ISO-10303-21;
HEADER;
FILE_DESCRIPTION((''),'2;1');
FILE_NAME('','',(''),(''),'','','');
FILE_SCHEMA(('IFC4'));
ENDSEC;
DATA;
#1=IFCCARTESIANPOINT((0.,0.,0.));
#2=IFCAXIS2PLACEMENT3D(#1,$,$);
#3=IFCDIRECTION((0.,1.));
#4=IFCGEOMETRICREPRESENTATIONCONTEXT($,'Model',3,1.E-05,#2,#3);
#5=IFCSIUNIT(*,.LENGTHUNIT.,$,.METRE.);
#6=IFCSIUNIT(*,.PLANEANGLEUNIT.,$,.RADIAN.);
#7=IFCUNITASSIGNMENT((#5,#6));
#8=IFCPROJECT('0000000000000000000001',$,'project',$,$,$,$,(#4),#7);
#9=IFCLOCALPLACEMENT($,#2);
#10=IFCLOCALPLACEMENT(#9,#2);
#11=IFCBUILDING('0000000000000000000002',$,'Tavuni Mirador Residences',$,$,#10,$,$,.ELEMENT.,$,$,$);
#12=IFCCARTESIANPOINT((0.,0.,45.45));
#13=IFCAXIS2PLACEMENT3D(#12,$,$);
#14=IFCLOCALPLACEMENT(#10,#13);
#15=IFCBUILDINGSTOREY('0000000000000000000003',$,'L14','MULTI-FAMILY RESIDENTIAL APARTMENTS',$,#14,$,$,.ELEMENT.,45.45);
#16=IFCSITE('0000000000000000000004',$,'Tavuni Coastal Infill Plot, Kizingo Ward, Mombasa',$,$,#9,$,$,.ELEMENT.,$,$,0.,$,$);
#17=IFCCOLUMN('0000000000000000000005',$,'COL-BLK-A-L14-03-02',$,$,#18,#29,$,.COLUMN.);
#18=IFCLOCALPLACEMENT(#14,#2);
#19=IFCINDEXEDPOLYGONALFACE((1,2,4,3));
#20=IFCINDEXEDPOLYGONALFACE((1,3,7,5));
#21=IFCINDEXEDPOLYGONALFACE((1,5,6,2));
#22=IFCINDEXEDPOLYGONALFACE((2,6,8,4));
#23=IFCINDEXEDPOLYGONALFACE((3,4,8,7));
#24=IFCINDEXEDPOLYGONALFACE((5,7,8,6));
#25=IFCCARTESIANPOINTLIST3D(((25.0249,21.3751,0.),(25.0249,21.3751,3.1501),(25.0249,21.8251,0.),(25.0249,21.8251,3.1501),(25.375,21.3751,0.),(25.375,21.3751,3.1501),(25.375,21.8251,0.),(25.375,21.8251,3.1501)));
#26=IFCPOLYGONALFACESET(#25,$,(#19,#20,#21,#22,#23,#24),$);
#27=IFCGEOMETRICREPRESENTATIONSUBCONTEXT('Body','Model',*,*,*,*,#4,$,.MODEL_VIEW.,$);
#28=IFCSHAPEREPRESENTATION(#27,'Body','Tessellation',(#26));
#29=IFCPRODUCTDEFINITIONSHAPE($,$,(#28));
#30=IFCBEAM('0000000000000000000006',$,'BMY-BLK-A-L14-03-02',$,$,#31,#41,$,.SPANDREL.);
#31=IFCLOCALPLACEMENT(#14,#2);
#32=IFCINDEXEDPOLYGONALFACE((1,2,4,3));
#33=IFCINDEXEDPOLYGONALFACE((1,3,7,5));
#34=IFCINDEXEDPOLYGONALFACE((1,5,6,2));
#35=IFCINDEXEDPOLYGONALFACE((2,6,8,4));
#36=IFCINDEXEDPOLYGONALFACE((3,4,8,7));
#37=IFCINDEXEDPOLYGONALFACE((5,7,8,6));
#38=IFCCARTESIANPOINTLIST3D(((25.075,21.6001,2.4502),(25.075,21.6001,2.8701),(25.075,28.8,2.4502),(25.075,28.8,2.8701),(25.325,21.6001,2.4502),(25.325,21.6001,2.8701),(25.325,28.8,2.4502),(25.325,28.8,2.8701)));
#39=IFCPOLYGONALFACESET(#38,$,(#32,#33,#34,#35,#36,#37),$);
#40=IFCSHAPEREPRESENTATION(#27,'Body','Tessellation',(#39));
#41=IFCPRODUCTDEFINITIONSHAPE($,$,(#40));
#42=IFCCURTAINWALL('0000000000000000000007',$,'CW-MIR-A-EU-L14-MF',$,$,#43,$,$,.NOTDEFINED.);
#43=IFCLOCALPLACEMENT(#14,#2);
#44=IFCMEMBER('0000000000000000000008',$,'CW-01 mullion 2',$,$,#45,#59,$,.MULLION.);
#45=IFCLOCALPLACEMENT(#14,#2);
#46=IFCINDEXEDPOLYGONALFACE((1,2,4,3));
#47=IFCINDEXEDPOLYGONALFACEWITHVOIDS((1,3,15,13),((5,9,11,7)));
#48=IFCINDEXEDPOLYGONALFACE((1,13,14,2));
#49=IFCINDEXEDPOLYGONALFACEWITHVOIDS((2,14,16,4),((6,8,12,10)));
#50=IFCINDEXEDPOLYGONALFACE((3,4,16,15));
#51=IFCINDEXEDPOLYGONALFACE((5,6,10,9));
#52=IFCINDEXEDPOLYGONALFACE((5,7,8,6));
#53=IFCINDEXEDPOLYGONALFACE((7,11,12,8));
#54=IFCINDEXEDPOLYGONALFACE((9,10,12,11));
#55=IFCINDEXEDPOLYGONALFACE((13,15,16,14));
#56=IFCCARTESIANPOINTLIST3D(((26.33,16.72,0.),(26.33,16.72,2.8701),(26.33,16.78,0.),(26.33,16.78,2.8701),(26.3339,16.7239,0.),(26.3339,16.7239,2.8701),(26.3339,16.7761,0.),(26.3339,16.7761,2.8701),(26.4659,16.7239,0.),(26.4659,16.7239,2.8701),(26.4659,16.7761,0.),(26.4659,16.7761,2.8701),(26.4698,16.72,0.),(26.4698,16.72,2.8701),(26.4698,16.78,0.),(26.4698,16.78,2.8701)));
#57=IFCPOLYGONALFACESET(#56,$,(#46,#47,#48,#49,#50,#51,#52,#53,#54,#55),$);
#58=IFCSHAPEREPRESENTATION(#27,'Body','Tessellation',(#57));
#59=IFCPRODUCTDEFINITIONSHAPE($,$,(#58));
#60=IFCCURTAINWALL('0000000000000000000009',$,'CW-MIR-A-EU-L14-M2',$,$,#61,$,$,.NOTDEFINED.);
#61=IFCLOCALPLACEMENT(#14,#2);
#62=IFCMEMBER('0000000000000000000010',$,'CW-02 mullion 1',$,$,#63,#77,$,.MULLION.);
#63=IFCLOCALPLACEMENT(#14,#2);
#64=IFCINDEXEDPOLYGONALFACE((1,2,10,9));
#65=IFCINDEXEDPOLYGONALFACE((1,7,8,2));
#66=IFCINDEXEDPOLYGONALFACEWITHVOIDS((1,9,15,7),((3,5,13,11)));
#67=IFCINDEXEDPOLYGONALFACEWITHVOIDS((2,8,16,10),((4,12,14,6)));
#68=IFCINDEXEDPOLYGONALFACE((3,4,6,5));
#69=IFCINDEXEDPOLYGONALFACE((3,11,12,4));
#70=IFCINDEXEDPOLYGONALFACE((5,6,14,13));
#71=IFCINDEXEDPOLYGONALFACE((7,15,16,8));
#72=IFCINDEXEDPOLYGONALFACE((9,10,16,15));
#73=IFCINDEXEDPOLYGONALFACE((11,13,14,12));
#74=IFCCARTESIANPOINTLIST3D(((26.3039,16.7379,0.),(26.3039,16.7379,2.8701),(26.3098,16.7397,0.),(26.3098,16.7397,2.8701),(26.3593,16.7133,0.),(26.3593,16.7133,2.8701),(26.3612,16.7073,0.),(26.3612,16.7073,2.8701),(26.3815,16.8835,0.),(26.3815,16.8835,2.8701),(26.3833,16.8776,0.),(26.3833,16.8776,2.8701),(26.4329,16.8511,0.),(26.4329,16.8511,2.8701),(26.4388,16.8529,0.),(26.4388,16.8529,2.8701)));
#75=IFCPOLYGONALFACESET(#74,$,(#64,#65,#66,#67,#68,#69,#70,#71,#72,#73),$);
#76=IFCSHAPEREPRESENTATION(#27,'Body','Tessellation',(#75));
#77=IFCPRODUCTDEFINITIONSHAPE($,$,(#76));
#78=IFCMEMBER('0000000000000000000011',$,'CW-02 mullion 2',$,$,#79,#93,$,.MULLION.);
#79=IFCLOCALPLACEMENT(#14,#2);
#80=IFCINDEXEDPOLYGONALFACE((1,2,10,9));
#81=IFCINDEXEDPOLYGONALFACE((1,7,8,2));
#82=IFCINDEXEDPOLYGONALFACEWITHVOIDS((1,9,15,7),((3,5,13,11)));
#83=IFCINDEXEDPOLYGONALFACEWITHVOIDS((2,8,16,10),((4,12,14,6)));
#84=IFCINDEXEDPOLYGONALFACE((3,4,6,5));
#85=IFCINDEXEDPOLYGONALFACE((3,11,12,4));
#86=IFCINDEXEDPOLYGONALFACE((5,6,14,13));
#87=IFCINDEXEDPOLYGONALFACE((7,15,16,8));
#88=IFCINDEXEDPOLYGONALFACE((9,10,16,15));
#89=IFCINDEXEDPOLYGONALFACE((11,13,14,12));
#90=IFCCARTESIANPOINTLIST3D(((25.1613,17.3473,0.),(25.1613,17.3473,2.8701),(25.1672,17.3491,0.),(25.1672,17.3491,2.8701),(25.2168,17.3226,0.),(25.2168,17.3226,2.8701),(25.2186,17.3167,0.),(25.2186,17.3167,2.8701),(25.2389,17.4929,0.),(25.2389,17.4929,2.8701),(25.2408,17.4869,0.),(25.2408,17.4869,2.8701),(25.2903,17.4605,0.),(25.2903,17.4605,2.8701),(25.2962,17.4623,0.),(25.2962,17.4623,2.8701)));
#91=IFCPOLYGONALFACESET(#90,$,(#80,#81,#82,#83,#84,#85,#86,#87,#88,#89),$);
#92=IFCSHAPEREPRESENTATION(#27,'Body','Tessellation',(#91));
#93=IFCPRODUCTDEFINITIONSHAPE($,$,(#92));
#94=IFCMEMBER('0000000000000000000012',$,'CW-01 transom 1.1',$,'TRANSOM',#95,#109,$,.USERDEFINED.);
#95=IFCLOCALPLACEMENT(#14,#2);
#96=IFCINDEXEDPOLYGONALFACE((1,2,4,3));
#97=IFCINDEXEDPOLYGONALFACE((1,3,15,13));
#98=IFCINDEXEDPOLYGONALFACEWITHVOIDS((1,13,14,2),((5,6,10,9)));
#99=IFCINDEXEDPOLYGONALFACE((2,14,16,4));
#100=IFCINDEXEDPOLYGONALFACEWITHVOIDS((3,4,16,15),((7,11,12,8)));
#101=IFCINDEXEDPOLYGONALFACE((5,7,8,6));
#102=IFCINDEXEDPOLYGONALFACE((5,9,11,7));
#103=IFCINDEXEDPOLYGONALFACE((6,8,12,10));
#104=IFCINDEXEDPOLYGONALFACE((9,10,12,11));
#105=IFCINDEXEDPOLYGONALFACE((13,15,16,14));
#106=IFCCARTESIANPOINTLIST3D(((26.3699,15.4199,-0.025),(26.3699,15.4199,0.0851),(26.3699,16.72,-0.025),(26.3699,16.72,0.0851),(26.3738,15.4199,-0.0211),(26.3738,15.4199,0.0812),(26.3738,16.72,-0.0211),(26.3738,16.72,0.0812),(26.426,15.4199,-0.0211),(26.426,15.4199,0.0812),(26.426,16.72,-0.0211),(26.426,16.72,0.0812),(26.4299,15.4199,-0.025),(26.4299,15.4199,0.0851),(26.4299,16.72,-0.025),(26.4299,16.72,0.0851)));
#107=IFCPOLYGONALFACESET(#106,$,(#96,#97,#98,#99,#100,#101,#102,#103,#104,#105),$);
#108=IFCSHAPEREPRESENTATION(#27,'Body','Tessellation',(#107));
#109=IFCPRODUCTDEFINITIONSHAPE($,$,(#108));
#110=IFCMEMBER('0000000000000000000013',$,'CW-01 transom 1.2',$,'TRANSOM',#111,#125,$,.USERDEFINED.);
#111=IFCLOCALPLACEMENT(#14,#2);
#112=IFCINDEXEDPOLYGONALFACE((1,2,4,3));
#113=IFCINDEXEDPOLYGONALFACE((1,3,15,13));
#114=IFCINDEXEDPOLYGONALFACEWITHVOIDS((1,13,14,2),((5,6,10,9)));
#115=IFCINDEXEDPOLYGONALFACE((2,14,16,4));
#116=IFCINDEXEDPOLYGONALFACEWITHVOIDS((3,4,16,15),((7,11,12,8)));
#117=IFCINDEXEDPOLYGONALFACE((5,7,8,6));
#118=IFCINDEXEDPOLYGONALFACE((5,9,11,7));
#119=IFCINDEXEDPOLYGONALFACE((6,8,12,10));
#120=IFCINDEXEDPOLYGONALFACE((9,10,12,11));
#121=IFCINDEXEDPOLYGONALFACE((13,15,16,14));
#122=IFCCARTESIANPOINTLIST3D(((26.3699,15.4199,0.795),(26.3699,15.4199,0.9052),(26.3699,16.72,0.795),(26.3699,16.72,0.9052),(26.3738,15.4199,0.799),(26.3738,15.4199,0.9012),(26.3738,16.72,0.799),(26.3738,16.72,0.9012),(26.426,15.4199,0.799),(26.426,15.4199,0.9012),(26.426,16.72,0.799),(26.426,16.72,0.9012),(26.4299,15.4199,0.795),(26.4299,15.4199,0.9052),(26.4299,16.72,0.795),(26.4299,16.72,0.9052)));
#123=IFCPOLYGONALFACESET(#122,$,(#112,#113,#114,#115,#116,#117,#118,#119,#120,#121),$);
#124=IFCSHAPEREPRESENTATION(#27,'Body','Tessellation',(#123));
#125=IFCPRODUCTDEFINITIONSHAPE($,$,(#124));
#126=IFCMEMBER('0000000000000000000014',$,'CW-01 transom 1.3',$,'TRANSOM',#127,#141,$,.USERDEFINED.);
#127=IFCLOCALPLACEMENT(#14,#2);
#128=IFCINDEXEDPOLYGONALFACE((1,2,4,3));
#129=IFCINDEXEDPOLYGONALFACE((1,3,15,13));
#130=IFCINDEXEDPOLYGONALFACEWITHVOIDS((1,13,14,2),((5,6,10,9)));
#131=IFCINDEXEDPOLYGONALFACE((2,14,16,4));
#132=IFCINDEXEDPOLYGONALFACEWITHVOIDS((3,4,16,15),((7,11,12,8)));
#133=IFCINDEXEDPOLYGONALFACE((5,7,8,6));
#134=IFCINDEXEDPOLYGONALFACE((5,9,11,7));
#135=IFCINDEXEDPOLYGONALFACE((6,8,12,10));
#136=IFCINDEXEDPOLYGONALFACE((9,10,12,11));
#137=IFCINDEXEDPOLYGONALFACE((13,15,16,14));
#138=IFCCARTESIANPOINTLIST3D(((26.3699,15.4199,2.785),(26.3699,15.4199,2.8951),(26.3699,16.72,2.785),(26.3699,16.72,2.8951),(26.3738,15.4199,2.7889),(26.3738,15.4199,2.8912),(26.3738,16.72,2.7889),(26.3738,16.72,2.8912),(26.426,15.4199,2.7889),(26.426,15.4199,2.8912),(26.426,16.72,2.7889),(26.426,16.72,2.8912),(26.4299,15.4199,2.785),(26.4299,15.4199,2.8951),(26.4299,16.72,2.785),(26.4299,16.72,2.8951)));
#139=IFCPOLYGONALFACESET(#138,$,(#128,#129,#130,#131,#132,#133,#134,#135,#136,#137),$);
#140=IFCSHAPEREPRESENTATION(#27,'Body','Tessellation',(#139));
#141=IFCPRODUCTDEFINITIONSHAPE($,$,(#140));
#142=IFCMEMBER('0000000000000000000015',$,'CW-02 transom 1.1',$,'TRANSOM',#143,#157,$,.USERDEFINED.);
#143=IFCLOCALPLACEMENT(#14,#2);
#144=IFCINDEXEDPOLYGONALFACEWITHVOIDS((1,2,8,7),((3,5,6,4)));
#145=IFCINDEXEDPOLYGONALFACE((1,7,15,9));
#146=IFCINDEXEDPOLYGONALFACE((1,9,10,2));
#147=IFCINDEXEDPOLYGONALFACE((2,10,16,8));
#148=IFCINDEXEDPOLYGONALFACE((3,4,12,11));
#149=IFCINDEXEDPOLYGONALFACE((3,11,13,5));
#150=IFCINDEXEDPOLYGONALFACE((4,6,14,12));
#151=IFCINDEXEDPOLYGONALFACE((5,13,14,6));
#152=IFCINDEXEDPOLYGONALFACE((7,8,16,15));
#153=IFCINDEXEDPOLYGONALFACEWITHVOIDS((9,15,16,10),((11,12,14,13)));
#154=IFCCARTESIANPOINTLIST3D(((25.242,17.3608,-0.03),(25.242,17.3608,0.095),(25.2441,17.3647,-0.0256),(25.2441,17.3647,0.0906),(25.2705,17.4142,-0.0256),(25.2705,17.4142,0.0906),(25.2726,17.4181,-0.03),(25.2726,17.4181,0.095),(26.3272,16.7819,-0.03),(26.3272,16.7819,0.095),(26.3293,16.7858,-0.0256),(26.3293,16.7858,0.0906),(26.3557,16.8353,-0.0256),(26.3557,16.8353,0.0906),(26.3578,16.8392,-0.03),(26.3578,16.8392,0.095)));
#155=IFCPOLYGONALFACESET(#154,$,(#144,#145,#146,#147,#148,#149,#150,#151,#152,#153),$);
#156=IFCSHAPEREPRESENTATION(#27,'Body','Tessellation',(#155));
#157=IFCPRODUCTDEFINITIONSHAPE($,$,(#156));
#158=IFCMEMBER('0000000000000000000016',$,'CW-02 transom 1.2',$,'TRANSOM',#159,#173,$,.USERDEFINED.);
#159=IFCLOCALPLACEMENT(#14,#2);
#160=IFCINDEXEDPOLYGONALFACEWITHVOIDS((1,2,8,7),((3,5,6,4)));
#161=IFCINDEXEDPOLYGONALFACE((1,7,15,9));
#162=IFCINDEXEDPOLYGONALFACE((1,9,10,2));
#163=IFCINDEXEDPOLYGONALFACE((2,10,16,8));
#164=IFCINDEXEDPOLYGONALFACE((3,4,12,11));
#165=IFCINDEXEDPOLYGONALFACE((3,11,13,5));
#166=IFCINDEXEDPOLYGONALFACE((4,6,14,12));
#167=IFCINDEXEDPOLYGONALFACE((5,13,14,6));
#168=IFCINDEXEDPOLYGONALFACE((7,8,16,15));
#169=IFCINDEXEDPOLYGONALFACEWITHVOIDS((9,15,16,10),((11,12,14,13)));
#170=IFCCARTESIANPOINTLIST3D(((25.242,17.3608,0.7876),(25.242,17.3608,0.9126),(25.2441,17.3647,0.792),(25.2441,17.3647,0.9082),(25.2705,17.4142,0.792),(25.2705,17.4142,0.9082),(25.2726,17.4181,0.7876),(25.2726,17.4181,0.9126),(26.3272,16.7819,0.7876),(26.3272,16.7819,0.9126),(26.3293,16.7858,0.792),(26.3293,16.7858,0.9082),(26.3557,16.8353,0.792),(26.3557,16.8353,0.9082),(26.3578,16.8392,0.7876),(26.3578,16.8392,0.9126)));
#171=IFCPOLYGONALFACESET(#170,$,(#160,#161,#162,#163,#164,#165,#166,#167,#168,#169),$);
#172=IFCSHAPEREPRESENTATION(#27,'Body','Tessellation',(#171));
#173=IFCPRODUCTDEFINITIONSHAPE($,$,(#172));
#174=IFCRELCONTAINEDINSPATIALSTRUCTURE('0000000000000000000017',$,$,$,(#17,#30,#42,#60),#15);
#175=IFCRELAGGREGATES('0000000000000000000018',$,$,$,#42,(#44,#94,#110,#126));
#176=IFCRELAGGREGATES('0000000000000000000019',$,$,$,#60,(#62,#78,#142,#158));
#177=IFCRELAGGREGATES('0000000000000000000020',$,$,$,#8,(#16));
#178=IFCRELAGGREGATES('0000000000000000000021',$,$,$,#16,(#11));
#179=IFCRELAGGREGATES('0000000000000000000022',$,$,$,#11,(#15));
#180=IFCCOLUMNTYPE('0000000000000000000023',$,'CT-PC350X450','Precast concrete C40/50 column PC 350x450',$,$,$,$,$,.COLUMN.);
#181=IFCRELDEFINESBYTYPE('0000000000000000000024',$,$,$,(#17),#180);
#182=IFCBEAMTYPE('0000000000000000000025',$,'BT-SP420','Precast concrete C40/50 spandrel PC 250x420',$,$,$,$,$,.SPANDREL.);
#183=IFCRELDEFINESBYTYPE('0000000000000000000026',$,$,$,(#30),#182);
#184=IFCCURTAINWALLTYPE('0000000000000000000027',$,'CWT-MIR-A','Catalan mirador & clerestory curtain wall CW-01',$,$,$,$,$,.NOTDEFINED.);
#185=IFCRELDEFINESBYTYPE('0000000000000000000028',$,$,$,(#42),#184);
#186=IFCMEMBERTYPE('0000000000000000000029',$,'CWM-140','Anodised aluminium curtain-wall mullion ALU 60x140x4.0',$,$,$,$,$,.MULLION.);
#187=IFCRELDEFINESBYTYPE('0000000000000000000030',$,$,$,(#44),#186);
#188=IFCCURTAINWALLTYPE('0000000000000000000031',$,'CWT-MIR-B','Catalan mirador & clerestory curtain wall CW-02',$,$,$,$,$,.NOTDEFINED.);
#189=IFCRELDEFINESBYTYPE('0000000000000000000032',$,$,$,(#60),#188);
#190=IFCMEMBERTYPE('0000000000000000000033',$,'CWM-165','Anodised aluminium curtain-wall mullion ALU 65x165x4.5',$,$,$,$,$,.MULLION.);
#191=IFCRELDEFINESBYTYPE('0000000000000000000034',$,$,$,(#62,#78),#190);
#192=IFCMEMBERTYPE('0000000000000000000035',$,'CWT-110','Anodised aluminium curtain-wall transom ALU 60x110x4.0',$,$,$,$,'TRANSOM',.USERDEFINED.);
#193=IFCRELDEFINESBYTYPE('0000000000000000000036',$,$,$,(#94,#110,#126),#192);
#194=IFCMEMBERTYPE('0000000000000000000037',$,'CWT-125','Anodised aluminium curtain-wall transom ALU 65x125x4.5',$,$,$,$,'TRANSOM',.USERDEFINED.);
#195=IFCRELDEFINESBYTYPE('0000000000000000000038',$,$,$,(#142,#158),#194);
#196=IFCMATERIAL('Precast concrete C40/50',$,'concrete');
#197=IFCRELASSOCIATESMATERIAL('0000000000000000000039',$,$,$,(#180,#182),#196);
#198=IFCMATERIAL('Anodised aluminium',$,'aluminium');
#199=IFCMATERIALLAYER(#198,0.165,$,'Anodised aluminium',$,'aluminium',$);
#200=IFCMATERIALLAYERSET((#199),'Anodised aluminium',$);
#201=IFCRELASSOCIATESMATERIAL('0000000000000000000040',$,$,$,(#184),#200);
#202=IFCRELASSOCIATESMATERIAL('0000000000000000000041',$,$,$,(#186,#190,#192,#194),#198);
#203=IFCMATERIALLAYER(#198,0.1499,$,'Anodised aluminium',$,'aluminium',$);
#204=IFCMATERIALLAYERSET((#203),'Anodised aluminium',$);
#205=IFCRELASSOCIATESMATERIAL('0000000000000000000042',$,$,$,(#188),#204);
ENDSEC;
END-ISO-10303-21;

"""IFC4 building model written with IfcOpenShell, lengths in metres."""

from ifc_helpers import new_model, si_unit, direction, frame, origin, origin_2d, place, context, subcontext, project, spatial, rectangle, hollow_rectangle, extrude, material, layer, layer_set, material_profile, profile_set, type_object, element, aggregate, save


model = new_model("IFC4")

# Units and contexts
model_context = context("Model", 3, precision=1e-05, world=origin(), true_north=direction((0.0, 1.0)))
body_context = subcontext(model_context, "Body", "Model", "MODEL_VIEW")
ifc_project = project(units=[si_unit("LENGTHUNIT", "METRE"), si_unit("PLANEANGLEUNIT", "RADIAN")], contexts=[model_context])

# Site, building, storey
site_placement = place(None, origin())
site = spatial("IfcSite", under=ifc_project, at=site_placement, Name="Tavuni Coastal Infill Plot, Kizingo Ward, Mombasa", CompositionType="ELEMENT", RefElevation=0.0)
building_placement = place(site_placement, origin())
building = spatial("IfcBuilding", under=site, at=building_placement, Name="Tavuni Mirador Residences", CompositionType="ELEMENT")
storey_placement = place(building_placement, frame((0.0, 0.0, 45.45)))
storey = spatial("IfcBuildingStorey", under=building, at=storey_placement, Name="L14", Description="MULTI-FAMILY RESIDENTIAL APARTMENTS", CompositionType="ELEMENT", Elevation=45.45)

# Column
ifc_material_1 = material(Name="Precast concrete C40/50", Category="concrete")
ifc_material_profile_1 = material_profile(ifc_material_1, rectangle(XDim=0.3501, YDim=0.45, at=origin_2d()), Name="PC 350x450", Category="concrete")
ifc_profile_set_1 = profile_set([ifc_material_profile_1], Name="Precast concrete C40/50")
column_type = type_object("IfcColumnType", Name="CT-PC350X450", Description="Precast concrete C40/50 column PC 350x450", PredefinedType="COLUMN", material=ifc_profile_set_1)
column_placement = place(storey_placement, frame((25.2, 21.6001, 0.0), z_axis=(0.0, 0.0, 1.0), x_axis=(1.0, 0.0, 0.0)))
element("IfcColumn", 1, at=column_placement, inside=storey, type_object=column_type, Name="COL-BLK-A-L14-03-02", PredefinedType="COLUMN", context=body_context, shape_type="SweptSolid", body=[
    extrude(rectangle(XDim=0.3501, YDim=0.45, at=origin_2d()), origin(), (0.0, 0.0, 1.0), 3.1501),
])

# Beam
ifc_material_profile_2 = material_profile(ifc_material_1, rectangle(XDim=0.25, YDim=0.4199, at=origin_2d()), Name="PC 250x420", Category="concrete")
ifc_profile_set_2 = profile_set([ifc_material_profile_2], Name="Precast concrete C40/50")
beam_type = type_object("IfcBeamType", Name="BT-SP420", Description="Precast concrete C40/50 spandrel PC 250x420", PredefinedType="SPANDREL", material=ifc_profile_set_2)
beam_placement = place(storey_placement, frame((25.2, 21.6001, 2.6602), z_axis=(0.0, 1.0, 0.0), x_axis=(-1.0, 0.0, 0.0)))
element("IfcBeam", 2, at=beam_placement, inside=storey, type_object=beam_type, Name="BMY-BLK-A-L14-03-02", PredefinedType="SPANDREL", context=body_context, shape_type="SweptSolid", body=[
    extrude(rectangle(XDim=0.25, YDim=0.4199, at=origin_2d()), origin(), (0.0, 0.0, 1.0), 7.2),
])

# Curtain wall, member
ifc_material_2 = material(Name="Anodised aluminium", Category="aluminium")
ifc_layer_1 = layer(ifc_material_2, 0.165, Name="Anodised aluminium", Category="aluminium")
ifc_layer_set_1 = layer_set([ifc_layer_1], Name="Anodised aluminium")
curtain_wall_type_1 = type_object("IfcCurtainWallType", Name="CWT-MIR-A", Description="Catalan mirador & clerestory curtain wall CW-01", PredefinedType="NOTDEFINED", material=ifc_layer_set_1)
curtain_wall_1_placement = place(storey_placement, origin())
curtain_wall_1 = element("IfcCurtainWall", 3, at=curtain_wall_1_placement, inside=storey, type_object=curtain_wall_type_1, Name="CW-MIR-A-EU-L14-MF", PredefinedType="NOTDEFINED")
ifc_material_profile_3 = material_profile(ifc_material_2, hollow_rectangle(XDim=0.0601, YDim=0.1399, WallThickness=0.0039, at=origin_2d()), Name="ALU 60x140x4.0", Category="aluminium")
ifc_profile_set_3 = profile_set([ifc_material_profile_3], Name="Anodised aluminium")
member_type_1 = type_object("IfcMemberType", Name="CWM-140", Description="Anodised aluminium curtain-wall mullion ALU 60x140x4.0", PredefinedType="MULLION", material=ifc_profile_set_3)
member_1_placement = place(storey_placement, frame((26.3999, 16.75, 0.0), z_axis=(0.0, 0.0, 1.0), x_axis=(0.0, 1.0, 0.0)))
member_1 = element("IfcMember", 4, at=member_1_placement, type_object=member_type_1, Name="CW-01 mullion 2", PredefinedType="MULLION", context=body_context, shape_type="SweptSolid", body=[
    extrude(hollow_rectangle(XDim=0.0601, YDim=0.1399, WallThickness=0.0039, at=origin_2d()), origin(), (0.0, 0.0, 1.0), 2.8701),
])

# Curtain wall, members
ifc_layer_2 = layer(ifc_material_2, 0.1499, Name="Anodised aluminium", Category="aluminium")
ifc_layer_set_2 = layer_set([ifc_layer_2], Name="Anodised aluminium")
curtain_wall_type_2 = type_object("IfcCurtainWallType", Name="CWT-MIR-B", Description="Catalan mirador & clerestory curtain wall CW-02", PredefinedType="NOTDEFINED", material=ifc_layer_set_2)
curtain_wall_2_placement = place(storey_placement, origin())
curtain_wall_2 = element("IfcCurtainWall", 5, at=curtain_wall_2_placement, inside=storey, type_object=curtain_wall_type_2, Name="CW-MIR-A-EU-L14-M2", PredefinedType="NOTDEFINED")
ifc_material_profile_4 = material_profile(ifc_material_2, hollow_rectangle(XDim=0.0649, YDim=0.165, WallThickness=0.0044, at=origin_2d()), Name="ALU 65x165x4.5", Category="aluminium")
ifc_profile_set_4 = profile_set([ifc_material_profile_4], Name="Anodised aluminium")
member_type_2 = type_object("IfcMemberType", Name="CWM-165", Description="Anodised aluminium curtain-wall mullion ALU 65x165x4.5", PredefinedType="MULLION", material=ifc_profile_set_4)
member_2_placement = place(storey_placement, frame((26.3713, 16.7954, 0.0), z_axis=(0.0, 0.0, 1.0), x_axis=(-0.882353, 0.470588, 0.0)))
member_2 = element("IfcMember", 6, at=member_2_placement, type_object=member_type_2, Name="CW-02 mullion 1", PredefinedType="MULLION", context=body_context, shape_type="SweptSolid", body=[
    extrude(hollow_rectangle(XDim=0.0649, YDim=0.165, WallThickness=0.0044, at=origin_2d()), origin(), (0.0, 0.0, 1.0), 2.8701),
])
member_3_placement = place(storey_placement, frame((25.2288, 17.4048, 0.0), z_axis=(0.0, 0.0, 1.0), x_axis=(-0.882353, 0.470588, 0.0)))
member_3 = element("IfcMember", 7, at=member_3_placement, type_object=member_type_2, Name="CW-02 mullion 2", PredefinedType="MULLION", context=body_context, shape_type="SweptSolid", body=[
    extrude(hollow_rectangle(XDim=0.0649, YDim=0.165, WallThickness=0.0044, at=origin_2d()), origin(), (0.0, 0.0, 1.0), 2.8701),
])

# Members
ifc_material_profile_5 = material_profile(ifc_material_2, hollow_rectangle(XDim=0.0601, YDim=0.1101, WallThickness=0.0039, at=origin_2d()), Name="ALU 60x110x4.0", Category="aluminium")
ifc_profile_set_5 = profile_set([ifc_material_profile_5], Name="Anodised aluminium")
member_type_3 = type_object("IfcMemberType", Name="CWT-110", Description="Anodised aluminium curtain-wall transom ALU 60x110x4.0", ElementType="TRANSOM", PredefinedType="USERDEFINED", material=ifc_profile_set_5)
member_4_placement = place(storey_placement, frame((26.3999, 15.4199, 0.03), z_axis=(0.0, 1.0, 0.0), x_axis=(-1.0, 0.0, 0.0)))
member_4 = element("IfcMember", 8, at=member_4_placement, type_object=member_type_3, Name="CW-01 transom 1.1", ObjectType="TRANSOM", PredefinedType="USERDEFINED", context=body_context, shape_type="SweptSolid", body=[
    extrude(hollow_rectangle(XDim=0.0601, YDim=0.1101, WallThickness=0.0039, at=origin_2d()), origin(), (0.0, 0.0, 1.0), 1.3),
])
member_5_placement = place(storey_placement, frame((26.3999, 15.4199, 0.8501), z_axis=(0.0, 1.0, 0.0), x_axis=(-1.0, 0.0, 0.0)))
member_5 = element("IfcMember", 9, at=member_5_placement, type_object=member_type_3, Name="CW-01 transom 1.2", ObjectType="TRANSOM", PredefinedType="USERDEFINED", context=body_context, shape_type="SweptSolid", body=[
    extrude(hollow_rectangle(XDim=0.0601, YDim=0.1101, WallThickness=0.0039, at=origin_2d()), origin(), (0.0, 0.0, 1.0), 1.3),
])
member_6_placement = place(storey_placement, frame((26.3999, 15.4199, 2.8401), z_axis=(0.0, 1.0, 0.0), x_axis=(-1.0, 0.0, 0.0)))
member_6 = element("IfcMember", 10, at=member_6_placement, type_object=member_type_3, Name="CW-01 transom 1.3", ObjectType="TRANSOM", PredefinedType="USERDEFINED", context=body_context, shape_type="SweptSolid", body=[
    extrude(hollow_rectangle(XDim=0.0601, YDim=0.1101, WallThickness=0.0039, at=origin_2d()), origin(), (0.0, 0.0, 1.0), 1.3),
])
ifc_material_profile_6 = material_profile(ifc_material_2, hollow_rectangle(XDim=0.0649, YDim=0.125, WallThickness=0.0044, at=origin_2d()), Name="ALU 65x125x4.5", Category="aluminium")
ifc_profile_set_6 = profile_set([ifc_material_profile_6], Name="Anodised aluminium")
member_type_4 = type_object("IfcMemberType", Name="CWT-125", Description="Anodised aluminium curtain-wall transom ALU 65x125x4.5", ElementType="TRANSOM", PredefinedType="USERDEFINED", material=ifc_profile_set_6)
member_7_placement = place(storey_placement, frame((26.3425, 16.8105, 0.0325), z_axis=(-0.882325, 0.47064, 0.0), x_axis=(-0.47064, -0.882325, 0.0)))
member_7 = element("IfcMember", 11, at=member_7_placement, type_object=member_type_4, Name="CW-02 transom 1.1", ObjectType="TRANSOM", PredefinedType="USERDEFINED", context=body_context, shape_type="SweptSolid", body=[
    extrude(hollow_rectangle(XDim=0.0649, YDim=0.125, WallThickness=0.0044, at=origin_2d()), origin(), (0.0, 0.0, 1.0), 1.23),
])
member_8_placement = place(storey_placement, frame((26.3425, 16.8105, 0.8501), z_axis=(-0.882325, 0.47064, 0.0), x_axis=(-0.47064, -0.882325, 0.0)))
member_8 = element("IfcMember", 12, at=member_8_placement, type_object=member_type_4, Name="CW-02 transom 1.2", ObjectType="TRANSOM", PredefinedType="USERDEFINED", context=body_context, shape_type="SweptSolid", body=[
    extrude(hollow_rectangle(XDim=0.0649, YDim=0.125, WallThickness=0.0044, at=origin_2d()), origin(), (0.0, 0.0, 1.0), 1.23),
])

aggregate(curtain_wall_1, [member_1, member_4, member_5, member_6])
aggregate(curtain_wall_2, [member_2, member_3, member_7, member_8])

save(model, "model.ifc")
